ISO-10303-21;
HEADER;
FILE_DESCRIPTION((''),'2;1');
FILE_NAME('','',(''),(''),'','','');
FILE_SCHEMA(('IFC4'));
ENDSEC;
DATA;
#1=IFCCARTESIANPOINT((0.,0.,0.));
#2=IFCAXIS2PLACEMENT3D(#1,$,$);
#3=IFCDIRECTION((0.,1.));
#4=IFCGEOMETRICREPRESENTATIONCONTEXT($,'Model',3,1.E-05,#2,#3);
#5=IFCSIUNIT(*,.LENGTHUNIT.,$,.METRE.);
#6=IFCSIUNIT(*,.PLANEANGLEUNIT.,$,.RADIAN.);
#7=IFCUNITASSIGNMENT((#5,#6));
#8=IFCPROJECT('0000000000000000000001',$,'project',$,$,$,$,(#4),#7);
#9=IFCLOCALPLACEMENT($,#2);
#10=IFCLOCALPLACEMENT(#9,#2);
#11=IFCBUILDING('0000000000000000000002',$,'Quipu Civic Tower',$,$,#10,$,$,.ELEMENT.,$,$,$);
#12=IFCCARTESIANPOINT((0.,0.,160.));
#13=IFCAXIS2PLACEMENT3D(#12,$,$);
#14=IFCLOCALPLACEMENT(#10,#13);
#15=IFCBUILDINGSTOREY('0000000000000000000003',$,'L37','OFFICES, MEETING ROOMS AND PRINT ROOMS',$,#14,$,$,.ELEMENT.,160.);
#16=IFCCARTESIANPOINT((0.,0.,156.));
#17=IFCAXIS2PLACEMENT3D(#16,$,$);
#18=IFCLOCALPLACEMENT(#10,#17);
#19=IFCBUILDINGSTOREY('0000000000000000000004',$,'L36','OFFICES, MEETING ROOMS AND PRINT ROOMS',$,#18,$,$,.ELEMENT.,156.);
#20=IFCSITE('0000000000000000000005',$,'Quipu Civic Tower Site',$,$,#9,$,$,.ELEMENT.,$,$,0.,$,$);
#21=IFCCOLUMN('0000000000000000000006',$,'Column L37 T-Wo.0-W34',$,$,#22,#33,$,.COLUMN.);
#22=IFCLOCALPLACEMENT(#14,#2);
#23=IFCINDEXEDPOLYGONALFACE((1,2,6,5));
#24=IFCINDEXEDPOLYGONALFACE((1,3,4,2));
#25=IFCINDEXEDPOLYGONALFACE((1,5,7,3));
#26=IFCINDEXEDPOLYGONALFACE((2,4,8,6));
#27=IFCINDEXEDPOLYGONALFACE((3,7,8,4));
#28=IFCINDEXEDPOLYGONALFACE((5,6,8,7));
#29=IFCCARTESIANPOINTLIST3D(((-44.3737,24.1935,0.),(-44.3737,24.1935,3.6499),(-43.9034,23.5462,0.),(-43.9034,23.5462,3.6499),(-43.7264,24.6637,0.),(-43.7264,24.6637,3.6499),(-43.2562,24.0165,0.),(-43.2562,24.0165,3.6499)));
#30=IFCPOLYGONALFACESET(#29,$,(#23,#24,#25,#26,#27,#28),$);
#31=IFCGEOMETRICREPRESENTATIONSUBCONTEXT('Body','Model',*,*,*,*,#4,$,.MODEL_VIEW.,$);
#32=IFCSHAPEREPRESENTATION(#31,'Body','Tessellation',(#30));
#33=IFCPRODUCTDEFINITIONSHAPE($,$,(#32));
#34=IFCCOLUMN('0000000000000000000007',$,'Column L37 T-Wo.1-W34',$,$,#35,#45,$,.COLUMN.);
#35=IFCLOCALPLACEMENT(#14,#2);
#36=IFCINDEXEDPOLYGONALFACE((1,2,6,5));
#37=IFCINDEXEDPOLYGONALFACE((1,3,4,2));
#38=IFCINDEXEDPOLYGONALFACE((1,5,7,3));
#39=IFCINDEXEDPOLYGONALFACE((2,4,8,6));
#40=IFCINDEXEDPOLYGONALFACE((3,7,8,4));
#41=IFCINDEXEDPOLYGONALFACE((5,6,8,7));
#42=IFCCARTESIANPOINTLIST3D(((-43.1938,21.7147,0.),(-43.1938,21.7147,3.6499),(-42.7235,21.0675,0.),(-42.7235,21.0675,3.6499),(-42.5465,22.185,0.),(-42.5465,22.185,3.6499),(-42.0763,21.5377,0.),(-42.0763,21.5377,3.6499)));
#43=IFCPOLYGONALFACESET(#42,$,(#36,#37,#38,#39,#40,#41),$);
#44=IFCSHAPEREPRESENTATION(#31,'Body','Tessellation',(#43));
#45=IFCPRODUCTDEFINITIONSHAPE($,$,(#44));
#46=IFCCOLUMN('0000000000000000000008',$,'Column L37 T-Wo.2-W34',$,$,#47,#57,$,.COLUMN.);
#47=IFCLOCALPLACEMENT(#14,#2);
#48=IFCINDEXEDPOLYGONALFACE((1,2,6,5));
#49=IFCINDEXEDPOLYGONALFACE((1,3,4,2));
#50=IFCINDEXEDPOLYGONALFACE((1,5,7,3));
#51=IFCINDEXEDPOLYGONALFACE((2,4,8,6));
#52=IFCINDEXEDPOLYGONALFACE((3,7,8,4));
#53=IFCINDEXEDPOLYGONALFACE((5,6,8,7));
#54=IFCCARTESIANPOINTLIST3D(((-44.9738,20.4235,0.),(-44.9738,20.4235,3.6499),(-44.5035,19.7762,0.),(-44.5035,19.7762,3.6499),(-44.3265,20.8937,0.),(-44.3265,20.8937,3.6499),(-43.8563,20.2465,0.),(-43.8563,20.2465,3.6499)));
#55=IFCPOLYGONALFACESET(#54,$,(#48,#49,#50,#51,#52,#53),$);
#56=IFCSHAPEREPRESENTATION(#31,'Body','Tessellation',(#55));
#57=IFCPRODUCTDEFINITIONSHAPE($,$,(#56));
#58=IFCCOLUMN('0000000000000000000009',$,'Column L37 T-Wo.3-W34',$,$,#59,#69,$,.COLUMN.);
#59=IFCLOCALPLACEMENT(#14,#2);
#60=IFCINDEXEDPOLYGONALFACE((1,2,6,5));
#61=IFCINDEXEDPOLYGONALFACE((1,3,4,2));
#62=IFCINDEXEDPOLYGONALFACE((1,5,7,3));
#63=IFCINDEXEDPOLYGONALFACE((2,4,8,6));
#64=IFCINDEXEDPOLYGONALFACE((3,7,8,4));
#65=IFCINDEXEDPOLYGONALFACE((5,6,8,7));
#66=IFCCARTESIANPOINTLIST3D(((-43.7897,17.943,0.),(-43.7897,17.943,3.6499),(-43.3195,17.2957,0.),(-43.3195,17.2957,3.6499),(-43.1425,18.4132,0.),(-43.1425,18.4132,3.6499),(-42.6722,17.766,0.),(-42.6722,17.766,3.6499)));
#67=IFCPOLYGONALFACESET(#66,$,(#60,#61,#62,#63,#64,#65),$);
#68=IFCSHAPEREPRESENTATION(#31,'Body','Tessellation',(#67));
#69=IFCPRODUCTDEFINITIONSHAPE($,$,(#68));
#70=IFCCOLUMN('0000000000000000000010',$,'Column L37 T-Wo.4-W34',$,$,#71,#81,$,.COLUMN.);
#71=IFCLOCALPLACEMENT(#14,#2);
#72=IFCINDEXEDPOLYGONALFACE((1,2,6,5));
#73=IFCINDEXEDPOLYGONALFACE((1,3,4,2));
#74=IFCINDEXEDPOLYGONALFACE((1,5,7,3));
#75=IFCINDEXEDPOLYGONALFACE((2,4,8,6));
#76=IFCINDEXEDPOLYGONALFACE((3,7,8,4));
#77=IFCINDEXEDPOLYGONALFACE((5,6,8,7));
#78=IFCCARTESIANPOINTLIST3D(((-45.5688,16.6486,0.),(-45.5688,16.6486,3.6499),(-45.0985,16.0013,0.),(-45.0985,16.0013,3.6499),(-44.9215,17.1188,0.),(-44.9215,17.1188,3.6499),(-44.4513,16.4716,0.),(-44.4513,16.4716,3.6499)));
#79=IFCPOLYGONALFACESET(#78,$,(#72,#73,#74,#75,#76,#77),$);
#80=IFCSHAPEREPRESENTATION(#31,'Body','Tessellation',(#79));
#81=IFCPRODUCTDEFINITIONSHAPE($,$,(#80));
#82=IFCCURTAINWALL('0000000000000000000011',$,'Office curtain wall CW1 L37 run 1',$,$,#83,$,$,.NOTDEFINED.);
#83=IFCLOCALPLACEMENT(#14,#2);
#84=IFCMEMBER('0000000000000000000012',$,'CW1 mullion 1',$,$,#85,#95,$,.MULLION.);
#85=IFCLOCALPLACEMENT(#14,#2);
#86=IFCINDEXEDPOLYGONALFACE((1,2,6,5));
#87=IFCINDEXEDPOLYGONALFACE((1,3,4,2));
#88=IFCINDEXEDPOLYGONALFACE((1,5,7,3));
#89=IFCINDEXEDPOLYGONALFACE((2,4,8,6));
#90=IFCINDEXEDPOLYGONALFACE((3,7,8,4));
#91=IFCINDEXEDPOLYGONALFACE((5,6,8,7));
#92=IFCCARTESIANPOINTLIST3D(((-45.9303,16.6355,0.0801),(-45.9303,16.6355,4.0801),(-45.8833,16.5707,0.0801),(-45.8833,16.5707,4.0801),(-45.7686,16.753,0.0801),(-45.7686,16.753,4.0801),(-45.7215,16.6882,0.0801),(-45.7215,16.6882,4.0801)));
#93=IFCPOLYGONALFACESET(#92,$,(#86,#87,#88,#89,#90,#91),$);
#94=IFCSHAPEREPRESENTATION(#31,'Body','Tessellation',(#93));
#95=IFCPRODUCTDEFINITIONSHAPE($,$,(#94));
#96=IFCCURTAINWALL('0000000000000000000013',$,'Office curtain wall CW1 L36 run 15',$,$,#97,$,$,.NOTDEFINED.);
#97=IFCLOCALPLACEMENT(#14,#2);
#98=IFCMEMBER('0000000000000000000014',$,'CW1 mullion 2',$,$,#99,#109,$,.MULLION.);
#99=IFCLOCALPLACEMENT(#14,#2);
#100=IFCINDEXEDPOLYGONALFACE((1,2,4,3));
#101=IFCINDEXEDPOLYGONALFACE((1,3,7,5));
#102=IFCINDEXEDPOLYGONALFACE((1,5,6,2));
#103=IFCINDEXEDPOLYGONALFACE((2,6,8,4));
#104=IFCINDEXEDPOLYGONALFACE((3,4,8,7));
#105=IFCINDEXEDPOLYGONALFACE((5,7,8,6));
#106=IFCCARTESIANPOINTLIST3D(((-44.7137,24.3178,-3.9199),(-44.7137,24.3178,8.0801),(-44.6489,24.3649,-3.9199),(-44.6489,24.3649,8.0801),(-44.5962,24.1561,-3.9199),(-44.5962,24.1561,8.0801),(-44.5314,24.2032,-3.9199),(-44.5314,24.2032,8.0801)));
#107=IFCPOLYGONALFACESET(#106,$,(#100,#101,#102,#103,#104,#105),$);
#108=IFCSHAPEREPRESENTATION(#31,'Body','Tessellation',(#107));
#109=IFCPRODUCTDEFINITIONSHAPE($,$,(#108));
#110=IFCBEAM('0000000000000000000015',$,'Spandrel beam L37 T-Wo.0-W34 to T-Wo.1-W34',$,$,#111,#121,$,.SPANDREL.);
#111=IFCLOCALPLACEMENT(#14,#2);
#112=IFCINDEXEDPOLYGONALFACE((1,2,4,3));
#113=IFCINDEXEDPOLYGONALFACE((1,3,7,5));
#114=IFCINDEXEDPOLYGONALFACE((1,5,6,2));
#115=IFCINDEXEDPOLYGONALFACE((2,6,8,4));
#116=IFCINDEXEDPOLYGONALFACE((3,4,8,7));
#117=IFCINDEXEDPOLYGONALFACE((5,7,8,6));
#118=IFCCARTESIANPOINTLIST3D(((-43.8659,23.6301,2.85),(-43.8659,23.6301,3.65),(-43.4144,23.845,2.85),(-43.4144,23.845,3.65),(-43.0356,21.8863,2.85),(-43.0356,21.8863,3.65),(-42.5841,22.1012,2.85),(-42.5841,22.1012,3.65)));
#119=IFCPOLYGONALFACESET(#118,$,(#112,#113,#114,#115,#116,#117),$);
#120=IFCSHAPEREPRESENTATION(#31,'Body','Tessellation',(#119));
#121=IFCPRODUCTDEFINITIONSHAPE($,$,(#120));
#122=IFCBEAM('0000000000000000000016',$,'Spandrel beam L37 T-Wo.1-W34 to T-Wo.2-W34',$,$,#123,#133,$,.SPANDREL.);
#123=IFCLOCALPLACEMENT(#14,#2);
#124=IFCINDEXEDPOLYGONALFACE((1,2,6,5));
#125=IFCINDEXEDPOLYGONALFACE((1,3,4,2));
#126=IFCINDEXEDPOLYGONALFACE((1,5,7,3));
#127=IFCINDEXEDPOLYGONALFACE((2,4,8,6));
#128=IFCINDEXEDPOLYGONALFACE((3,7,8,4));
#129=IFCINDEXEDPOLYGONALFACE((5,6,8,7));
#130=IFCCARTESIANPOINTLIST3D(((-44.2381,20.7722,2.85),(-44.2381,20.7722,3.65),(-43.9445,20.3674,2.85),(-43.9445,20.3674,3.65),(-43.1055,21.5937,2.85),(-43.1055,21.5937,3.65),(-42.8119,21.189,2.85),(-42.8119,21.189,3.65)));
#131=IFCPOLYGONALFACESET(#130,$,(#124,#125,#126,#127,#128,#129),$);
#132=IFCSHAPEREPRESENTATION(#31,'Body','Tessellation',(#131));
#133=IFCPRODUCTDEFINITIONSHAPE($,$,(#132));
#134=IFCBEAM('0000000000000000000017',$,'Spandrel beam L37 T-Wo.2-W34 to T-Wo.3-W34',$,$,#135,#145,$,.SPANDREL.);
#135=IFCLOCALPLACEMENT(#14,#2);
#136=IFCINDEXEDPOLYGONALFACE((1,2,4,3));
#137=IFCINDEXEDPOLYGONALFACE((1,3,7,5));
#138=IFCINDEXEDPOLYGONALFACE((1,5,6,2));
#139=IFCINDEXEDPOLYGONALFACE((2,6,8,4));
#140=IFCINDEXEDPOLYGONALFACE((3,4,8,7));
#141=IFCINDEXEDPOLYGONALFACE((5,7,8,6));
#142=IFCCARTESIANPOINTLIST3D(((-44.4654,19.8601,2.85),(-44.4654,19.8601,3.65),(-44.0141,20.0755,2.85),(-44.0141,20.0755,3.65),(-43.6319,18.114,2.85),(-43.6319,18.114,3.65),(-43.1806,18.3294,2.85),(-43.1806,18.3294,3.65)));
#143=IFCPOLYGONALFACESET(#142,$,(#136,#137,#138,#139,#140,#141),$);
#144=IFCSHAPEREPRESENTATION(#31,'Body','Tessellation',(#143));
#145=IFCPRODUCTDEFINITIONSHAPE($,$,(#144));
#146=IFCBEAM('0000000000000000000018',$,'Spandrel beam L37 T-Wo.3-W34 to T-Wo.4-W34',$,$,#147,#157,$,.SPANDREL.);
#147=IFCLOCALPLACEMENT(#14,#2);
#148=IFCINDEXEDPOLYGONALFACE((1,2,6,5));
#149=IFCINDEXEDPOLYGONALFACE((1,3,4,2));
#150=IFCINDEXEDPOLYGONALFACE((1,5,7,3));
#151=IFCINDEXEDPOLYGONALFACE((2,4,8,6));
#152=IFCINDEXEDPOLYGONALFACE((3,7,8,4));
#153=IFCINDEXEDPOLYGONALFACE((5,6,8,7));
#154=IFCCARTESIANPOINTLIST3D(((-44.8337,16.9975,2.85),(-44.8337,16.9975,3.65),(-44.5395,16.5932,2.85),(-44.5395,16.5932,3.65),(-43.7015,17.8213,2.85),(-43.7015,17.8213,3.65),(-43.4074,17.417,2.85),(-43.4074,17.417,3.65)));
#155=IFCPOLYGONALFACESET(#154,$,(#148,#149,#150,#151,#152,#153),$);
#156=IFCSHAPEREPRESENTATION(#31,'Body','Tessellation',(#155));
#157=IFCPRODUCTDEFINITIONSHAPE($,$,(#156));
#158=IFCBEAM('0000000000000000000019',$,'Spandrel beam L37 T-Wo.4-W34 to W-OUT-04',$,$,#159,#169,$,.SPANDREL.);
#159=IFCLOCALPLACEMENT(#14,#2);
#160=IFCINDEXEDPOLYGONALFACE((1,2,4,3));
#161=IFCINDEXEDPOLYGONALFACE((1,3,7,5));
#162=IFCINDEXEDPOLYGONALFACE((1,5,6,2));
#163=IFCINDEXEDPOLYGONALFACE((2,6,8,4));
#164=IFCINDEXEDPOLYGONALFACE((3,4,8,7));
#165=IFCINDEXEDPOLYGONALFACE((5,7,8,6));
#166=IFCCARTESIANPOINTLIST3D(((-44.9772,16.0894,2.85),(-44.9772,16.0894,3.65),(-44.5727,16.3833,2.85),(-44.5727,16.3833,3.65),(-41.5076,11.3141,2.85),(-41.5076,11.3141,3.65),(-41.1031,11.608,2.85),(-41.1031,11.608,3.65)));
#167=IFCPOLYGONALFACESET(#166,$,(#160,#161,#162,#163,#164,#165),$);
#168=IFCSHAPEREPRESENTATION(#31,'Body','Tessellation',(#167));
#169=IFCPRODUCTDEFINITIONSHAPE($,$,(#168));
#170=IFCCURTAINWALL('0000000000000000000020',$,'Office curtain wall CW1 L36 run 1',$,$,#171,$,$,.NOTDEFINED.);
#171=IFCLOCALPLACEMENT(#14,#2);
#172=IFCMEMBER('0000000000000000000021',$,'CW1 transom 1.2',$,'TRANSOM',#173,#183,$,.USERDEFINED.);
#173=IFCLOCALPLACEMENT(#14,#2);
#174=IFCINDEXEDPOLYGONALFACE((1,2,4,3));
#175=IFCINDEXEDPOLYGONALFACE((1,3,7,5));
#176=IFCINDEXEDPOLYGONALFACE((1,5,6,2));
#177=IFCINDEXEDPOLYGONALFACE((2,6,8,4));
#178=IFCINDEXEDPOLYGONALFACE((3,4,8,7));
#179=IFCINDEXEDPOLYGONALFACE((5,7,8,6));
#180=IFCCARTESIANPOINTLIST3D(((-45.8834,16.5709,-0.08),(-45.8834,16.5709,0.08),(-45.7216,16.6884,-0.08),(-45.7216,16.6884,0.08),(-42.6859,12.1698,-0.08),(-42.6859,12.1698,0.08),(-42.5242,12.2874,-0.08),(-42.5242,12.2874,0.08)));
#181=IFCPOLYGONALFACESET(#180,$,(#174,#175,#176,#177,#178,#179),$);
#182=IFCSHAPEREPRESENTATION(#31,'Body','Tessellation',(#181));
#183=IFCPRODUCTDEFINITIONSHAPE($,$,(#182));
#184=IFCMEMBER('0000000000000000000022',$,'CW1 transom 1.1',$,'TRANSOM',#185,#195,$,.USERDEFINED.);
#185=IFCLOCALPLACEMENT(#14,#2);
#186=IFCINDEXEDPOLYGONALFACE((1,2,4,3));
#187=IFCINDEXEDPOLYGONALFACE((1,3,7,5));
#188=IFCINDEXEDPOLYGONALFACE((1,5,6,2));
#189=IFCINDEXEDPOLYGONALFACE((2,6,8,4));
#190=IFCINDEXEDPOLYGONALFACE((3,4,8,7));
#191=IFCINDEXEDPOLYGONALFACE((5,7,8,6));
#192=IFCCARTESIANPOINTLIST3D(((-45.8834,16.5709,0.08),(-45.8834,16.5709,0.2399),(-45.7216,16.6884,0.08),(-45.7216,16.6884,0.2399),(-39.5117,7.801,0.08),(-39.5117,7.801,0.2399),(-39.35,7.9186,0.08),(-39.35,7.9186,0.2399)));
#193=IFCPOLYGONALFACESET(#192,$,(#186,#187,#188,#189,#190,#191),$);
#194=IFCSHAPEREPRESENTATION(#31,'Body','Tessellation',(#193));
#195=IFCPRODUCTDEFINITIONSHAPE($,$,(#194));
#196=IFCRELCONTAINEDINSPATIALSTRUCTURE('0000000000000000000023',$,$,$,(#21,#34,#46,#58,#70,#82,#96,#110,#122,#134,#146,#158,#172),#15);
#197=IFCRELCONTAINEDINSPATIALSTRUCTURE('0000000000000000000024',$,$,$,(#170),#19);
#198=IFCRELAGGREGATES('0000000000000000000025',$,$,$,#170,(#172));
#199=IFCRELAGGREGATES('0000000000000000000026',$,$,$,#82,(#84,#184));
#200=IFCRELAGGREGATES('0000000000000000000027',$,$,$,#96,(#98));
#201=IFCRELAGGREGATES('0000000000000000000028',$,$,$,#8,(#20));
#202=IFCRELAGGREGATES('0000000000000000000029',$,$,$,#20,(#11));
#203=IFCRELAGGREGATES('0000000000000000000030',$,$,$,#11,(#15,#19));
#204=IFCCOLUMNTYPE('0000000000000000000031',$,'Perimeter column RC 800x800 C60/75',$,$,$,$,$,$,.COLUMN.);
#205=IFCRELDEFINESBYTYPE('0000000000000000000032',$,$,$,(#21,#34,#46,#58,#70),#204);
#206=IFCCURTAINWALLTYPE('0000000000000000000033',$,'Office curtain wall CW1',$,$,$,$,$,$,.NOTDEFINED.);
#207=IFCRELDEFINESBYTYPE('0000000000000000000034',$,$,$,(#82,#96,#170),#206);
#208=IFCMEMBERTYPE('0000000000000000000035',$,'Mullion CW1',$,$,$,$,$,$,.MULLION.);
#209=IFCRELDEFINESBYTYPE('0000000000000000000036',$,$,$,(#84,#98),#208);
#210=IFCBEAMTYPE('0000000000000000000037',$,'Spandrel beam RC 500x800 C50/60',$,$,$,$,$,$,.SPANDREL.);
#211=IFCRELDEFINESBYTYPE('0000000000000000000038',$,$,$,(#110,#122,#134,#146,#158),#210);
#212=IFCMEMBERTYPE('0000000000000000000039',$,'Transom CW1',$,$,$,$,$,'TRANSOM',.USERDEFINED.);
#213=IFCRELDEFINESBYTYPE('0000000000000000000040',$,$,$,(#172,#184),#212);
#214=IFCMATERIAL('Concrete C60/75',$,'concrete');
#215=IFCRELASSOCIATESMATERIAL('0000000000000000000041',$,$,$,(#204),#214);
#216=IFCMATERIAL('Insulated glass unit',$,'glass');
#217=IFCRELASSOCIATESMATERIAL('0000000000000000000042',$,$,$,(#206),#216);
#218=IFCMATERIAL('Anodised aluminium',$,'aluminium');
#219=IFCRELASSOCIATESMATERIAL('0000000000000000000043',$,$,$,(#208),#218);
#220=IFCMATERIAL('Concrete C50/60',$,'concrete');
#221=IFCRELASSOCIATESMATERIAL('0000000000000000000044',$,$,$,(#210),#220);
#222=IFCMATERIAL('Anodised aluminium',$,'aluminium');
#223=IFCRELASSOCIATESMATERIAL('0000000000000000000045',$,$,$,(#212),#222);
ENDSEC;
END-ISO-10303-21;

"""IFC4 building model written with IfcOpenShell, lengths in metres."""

from ifc_helpers import new_model, si_unit, direction, frame, origin, origin_2d, place, context, subcontext, project, spatial, rectangle, extrude, material, material_profile, profile_set, type_object, element, aggregate, save


model = new_model("IFC4")

# Units and contexts
model_context = context("Model", 3, precision=1e-05, world=origin(), true_north=direction((0.0, 1.0)))
body_context = subcontext(model_context, "Body", "Model", "MODEL_VIEW")
ifc_project = project(units=[si_unit("LENGTHUNIT", "METRE"), si_unit("PLANEANGLEUNIT", "RADIAN")], contexts=[model_context])

# Site, building, storey
site_placement = place(None, origin())
site = spatial("IfcSite", under=ifc_project, at=site_placement, Name="Quipu Civic Tower Site", CompositionType="ELEMENT", RefElevation=0.0)
building_placement = place(site_placement, origin())
building = spatial("IfcBuilding", under=site, at=building_placement, Name="Quipu Civic Tower", CompositionType="ELEMENT")
storey_1_placement = place(building_placement, frame((0.0, 0.0, 160.0)))
storey_1 = spatial("IfcBuildingStorey", under=building, at=storey_1_placement, Name="L37", Description="OFFICES, MEETING ROOMS AND PRINT ROOMS", CompositionType="ELEMENT", Elevation=160.0)

# Columns
ifc_material_1 = material(Name="Concrete C60/75", Category="concrete")
ifc_material_profile_1 = material_profile(ifc_material_1, rectangle(XDim=0.8, YDim=0.8, at=origin_2d()), Name="RC800x800")
ifc_profile_set_1 = profile_set([ifc_material_profile_1], Name="Concrete C60/75")
column_type = type_object("IfcColumnType", Name="Perimeter column RC 800x800 C60/75", PredefinedType="COLUMN", material=ifc_profile_set_1)
for number, where, z_axis, x_axis, name in (
    (1, (-43.8149, 24.105, 0.0), (0.0, 0.0, 1.0), (-0.809017, -0.587785, 0.0), "Column L37 T-Wo.0-W34"),
    (2, (-42.635, 21.6262, 0.0), (0.0, 0.0, 1.0), (-0.809017, -0.587785, 0.0), "Column L37 T-Wo.1-W34"),
    (3, (-44.415, 20.335, 0.0), (0.0, 0.0, 1.0), (0.587785, -0.809017, 0.0), "Column L37 T-Wo.2-W34"),
    (4, (-43.231, 17.8545, 0.0), (0.0, 0.0, 1.0), (0.587785, -0.809017, 0.0), "Column L37 T-Wo.3-W34"),
    (5, (-45.01, 16.5601, 0.0), (0.0, 0.0, 1.0), (0.587785, -0.809017, 0.0), "Column L37 T-Wo.4-W34"),
):
    element("IfcColumn", number, at=place(storey_1_placement, frame(where, z_axis=z_axis, x_axis=x_axis)), inside=storey_1, type_object=column_type, Name=name, PredefinedType="COLUMN", context=body_context, shape_type="SweptSolid", body=[
        extrude(rectangle(XDim=0.8, YDim=0.8, at=origin_2d()), origin(), (0.0, 0.0, 1.0), 3.6499),
    ])

# Curtain walls, members
ifc_material_2 = material(Name="Insulated glass unit", Category="glass")
curtain_wall_type = type_object("IfcCurtainWallType", Name="Office curtain wall CW1", PredefinedType="NOTDEFINED", material=ifc_material_2)
curtain_wall_1_placement = place(storey_1_placement, origin())
curtain_wall_1 = element("IfcCurtainWall", 6, at=curtain_wall_1_placement, inside=storey_1, type_object=curtain_wall_type, Name="Office curtain wall CW1 L37 run 1", PredefinedType="NOTDEFINED")
ifc_material_3 = material(Name="Anodised aluminium", Category="aluminium")
ifc_material_profile_2 = material_profile(ifc_material_3, rectangle(XDim=0.2, YDim=0.0801, at=origin_2d()), Name="RECT 200x80")
ifc_profile_set_2 = profile_set([ifc_material_profile_2], Name="Anodised aluminium")
member_type_1 = type_object("IfcMemberType", Name="Mullion CW1", PredefinedType="MULLION", material=ifc_profile_set_2)
member_1_placement = place(storey_1_placement, frame((-45.8259, 16.6619, 0.0801), z_axis=(0.0, 0.0, 1.0), x_axis=(0.809016, 0.587787, 0.0)))
member_1 = element("IfcMember", 7, at=member_1_placement, type_object=member_type_1, Name="CW1 mullion 1", PredefinedType="MULLION", context=body_context, shape_type="SweptSolid", body=[
    extrude(rectangle(XDim=0.2, YDim=0.0801, at=origin_2d()), origin(), (0.0, 0.0, 1.0), 4.0),
])
curtain_wall_2_placement = place(storey_1_placement, origin())
curtain_wall_2 = element("IfcCurtainWall", 8, at=curtain_wall_2_placement, inside=storey_1, type_object=curtain_wall_type, Name="Office curtain wall CW1 L36 run 15", PredefinedType="NOTDEFINED")
member_2_placement = place(storey_1_placement, frame((-44.6226, 24.2605, -3.9199), z_axis=(0.0, 0.0, 1.0), x_axis=(0.587788, -0.809015, 0.0)))
member_2 = element("IfcMember", 9, at=member_2_placement, type_object=member_type_1, Name="CW1 mullion 2", PredefinedType="MULLION", context=body_context, shape_type="SweptSolid", body=[
    extrude(rectangle(XDim=0.2, YDim=0.0801, at=origin_2d()), origin(), (0.0, 0.0, 1.0), 12.0),
])

# Beams
ifc_material_4 = material(Name="Concrete C50/60", Category="concrete")
ifc_material_profile_3 = material_profile(ifc_material_4, rectangle(XDim=0.5, YDim=0.8, at=origin_2d()), Name="RC500x800")
ifc_profile_set_3 = profile_set([ifc_material_profile_3], Name="Concrete C50/60")
beam_type = type_object("IfcBeamType", Name="Spandrel beam RC 500x800 C50/60", PredefinedType="SPANDREL", material=ifc_profile_set_3)
beam_1_placement = place(storey_1_placement, frame((-43.6401, 23.7375, 3.25), z_axis=(0.429889, -0.902882, 0.0), x_axis=(0.902882, 0.429889, 0.0)))
element("IfcBeam", 10, at=beam_1_placement, inside=storey_1, type_object=beam_type, Name="Spandrel beam L37 T-Wo.0-W34 to T-Wo.1-W34", PredefinedType="SPANDREL", context=body_context, shape_type="SweptSolid", body=[
    extrude(rectangle(XDim=0.5, YDim=0.8, at=origin_2d()), origin(), (0.0, 0.0, 1.0), 1.9314),
])
beam_2_placement = place(storey_1_placement, frame((-42.9587, 21.3914, 3.25), z_axis=(-0.809467, -0.587165, 0.0), x_axis=(0.587165, -0.809467, 0.0)))
element("IfcBeam", 11, at=beam_2_placement, inside=storey_1, type_object=beam_type, Name="Spandrel beam L37 T-Wo.1-W34 to T-Wo.2-W34", PredefinedType="SPANDREL", context=body_context, shape_type="SweptSolid", body=[
    extrude(rectangle(XDim=0.5, YDim=0.8, at=origin_2d()), origin(), (0.0, 0.0, 1.0), 1.3992),
])
beam_3_placement = place(storey_1_placement, frame((-44.2397, 19.9678, 3.25), z_axis=(0.430786, -0.902454, 0.0), x_axis=(0.902454, 0.430786, 0.0)))
element("IfcBeam", 12, at=beam_3_placement, inside=storey_1, type_object=beam_type, Name="Spandrel beam L37 T-Wo.2-W34 to T-Wo.3-W34", PredefinedType="SPANDREL", context=body_context, shape_type="SweptSolid", body=[
    extrude(rectangle(XDim=0.5, YDim=0.8, at=origin_2d()), origin(), (0.0, 0.0, 1.0), 1.9348),
])
beam_4_placement = place(storey_1_placement, frame((-43.5544, 17.6191, 3.25), z_axis=(-0.8086, -0.588358, 0.0), x_axis=(0.588358, -0.8086, 0.0)))
element("IfcBeam", 13, at=beam_4_placement, inside=storey_1, type_object=beam_type, Name="Spandrel beam L37 T-Wo.3-W34 to T-Wo.4-W34", PredefinedType="SPANDREL", context=body_context, shape_type="SweptSolid", body=[
    extrude(rectangle(XDim=0.5, YDim=0.8, at=origin_2d()), origin(), (0.0, 0.0, 1.0), 1.4001),
])
beam_5_placement = place(storey_1_placement, frame((-44.7749, 16.2363, 3.25), z_axis=(0.5878, -0.809006, 0.0), x_axis=(0.809006, 0.5878, 0.0)))
element("IfcBeam", 14, at=beam_5_placement, inside=storey_1, type_object=beam_type, Name="Spandrel beam L37 T-Wo.4-W34 to W-OUT-04", PredefinedType="SPANDREL", context=body_context, shape_type="SweptSolid", body=[
    extrude(rectangle(XDim=0.5, YDim=0.8, at=origin_2d()), origin(), (0.0, 0.0, 1.0), 5.9026),
])

# Shared definitions
storey_2_placement = place(building_placement, frame((0.0, 0.0, 156.0)))
storey_2 = spatial("IfcBuildingStorey", under=building, at=storey_2_placement, Name="L36", Description="OFFICES, MEETING ROOMS AND PRINT ROOMS", CompositionType="ELEMENT", Elevation=156.0)

# Curtain wall, member
curtain_wall_3_placement = place(storey_2_placement, origin())
curtain_wall_3 = element("IfcCurtainWall", 15, at=curtain_wall_3_placement, inside=storey_2, type_object=curtain_wall_type, Name="Office curtain wall CW1 L36 run 1", PredefinedType="NOTDEFINED")
ifc_material_5 = material(Name="Anodised aluminium", Category="aluminium")
ifc_material_profile_4 = material_profile(ifc_material_5, rectangle(XDim=0.2, YDim=0.1599, at=origin_2d()), Name="RECT 200x160")
ifc_profile_set_4 = profile_set([ifc_material_profile_4], Name="Anodised aluminium")
member_type_2 = type_object("IfcMemberType", Name="Transom CW1", ElementType="TRANSOM", PredefinedType="USERDEFINED", material=ifc_profile_set_4)
member_3_placement = place(storey_1_placement, frame((-45.8025, 16.6296, 0.0), z_axis=(0.587774, -0.809025, 0.0), x_axis=(0.809025, 0.587774, 0.0)))
member_3 = element("IfcMember", 16, at=member_3_placement, inside=storey_1, type_object=member_type_2, Name="CW1 transom 1.2", ObjectType="TRANSOM", PredefinedType="USERDEFINED", context=body_context, shape_type="SweptSolid", body=[
    extrude(rectangle(XDim=0.2, YDim=0.1599, at=origin_2d()), origin(), (0.0, 0.0, 1.0), 5.4399),
])
aggregate(curtain_wall_3, [member_3])

# Member
member_4_placement = place(storey_1_placement, frame((-45.8025, 16.6296, 0.1599), z_axis=(0.587783, -0.809018, 0.0), x_axis=(0.809018, 0.587783, 0.0)))
member_4 = element("IfcMember", 17, at=member_4_placement, type_object=member_type_2, Name="CW1 transom 1.1", ObjectType="TRANSOM", PredefinedType="USERDEFINED", context=body_context, shape_type="SweptSolid", body=[
    extrude(rectangle(XDim=0.2, YDim=0.1599, at=origin_2d()), origin(), (0.0, 0.0, 1.0), 10.8401),
])

aggregate(curtain_wall_1, [member_1, member_4])
aggregate(curtain_wall_2, [member_2])

save(model, "model.ifc")
